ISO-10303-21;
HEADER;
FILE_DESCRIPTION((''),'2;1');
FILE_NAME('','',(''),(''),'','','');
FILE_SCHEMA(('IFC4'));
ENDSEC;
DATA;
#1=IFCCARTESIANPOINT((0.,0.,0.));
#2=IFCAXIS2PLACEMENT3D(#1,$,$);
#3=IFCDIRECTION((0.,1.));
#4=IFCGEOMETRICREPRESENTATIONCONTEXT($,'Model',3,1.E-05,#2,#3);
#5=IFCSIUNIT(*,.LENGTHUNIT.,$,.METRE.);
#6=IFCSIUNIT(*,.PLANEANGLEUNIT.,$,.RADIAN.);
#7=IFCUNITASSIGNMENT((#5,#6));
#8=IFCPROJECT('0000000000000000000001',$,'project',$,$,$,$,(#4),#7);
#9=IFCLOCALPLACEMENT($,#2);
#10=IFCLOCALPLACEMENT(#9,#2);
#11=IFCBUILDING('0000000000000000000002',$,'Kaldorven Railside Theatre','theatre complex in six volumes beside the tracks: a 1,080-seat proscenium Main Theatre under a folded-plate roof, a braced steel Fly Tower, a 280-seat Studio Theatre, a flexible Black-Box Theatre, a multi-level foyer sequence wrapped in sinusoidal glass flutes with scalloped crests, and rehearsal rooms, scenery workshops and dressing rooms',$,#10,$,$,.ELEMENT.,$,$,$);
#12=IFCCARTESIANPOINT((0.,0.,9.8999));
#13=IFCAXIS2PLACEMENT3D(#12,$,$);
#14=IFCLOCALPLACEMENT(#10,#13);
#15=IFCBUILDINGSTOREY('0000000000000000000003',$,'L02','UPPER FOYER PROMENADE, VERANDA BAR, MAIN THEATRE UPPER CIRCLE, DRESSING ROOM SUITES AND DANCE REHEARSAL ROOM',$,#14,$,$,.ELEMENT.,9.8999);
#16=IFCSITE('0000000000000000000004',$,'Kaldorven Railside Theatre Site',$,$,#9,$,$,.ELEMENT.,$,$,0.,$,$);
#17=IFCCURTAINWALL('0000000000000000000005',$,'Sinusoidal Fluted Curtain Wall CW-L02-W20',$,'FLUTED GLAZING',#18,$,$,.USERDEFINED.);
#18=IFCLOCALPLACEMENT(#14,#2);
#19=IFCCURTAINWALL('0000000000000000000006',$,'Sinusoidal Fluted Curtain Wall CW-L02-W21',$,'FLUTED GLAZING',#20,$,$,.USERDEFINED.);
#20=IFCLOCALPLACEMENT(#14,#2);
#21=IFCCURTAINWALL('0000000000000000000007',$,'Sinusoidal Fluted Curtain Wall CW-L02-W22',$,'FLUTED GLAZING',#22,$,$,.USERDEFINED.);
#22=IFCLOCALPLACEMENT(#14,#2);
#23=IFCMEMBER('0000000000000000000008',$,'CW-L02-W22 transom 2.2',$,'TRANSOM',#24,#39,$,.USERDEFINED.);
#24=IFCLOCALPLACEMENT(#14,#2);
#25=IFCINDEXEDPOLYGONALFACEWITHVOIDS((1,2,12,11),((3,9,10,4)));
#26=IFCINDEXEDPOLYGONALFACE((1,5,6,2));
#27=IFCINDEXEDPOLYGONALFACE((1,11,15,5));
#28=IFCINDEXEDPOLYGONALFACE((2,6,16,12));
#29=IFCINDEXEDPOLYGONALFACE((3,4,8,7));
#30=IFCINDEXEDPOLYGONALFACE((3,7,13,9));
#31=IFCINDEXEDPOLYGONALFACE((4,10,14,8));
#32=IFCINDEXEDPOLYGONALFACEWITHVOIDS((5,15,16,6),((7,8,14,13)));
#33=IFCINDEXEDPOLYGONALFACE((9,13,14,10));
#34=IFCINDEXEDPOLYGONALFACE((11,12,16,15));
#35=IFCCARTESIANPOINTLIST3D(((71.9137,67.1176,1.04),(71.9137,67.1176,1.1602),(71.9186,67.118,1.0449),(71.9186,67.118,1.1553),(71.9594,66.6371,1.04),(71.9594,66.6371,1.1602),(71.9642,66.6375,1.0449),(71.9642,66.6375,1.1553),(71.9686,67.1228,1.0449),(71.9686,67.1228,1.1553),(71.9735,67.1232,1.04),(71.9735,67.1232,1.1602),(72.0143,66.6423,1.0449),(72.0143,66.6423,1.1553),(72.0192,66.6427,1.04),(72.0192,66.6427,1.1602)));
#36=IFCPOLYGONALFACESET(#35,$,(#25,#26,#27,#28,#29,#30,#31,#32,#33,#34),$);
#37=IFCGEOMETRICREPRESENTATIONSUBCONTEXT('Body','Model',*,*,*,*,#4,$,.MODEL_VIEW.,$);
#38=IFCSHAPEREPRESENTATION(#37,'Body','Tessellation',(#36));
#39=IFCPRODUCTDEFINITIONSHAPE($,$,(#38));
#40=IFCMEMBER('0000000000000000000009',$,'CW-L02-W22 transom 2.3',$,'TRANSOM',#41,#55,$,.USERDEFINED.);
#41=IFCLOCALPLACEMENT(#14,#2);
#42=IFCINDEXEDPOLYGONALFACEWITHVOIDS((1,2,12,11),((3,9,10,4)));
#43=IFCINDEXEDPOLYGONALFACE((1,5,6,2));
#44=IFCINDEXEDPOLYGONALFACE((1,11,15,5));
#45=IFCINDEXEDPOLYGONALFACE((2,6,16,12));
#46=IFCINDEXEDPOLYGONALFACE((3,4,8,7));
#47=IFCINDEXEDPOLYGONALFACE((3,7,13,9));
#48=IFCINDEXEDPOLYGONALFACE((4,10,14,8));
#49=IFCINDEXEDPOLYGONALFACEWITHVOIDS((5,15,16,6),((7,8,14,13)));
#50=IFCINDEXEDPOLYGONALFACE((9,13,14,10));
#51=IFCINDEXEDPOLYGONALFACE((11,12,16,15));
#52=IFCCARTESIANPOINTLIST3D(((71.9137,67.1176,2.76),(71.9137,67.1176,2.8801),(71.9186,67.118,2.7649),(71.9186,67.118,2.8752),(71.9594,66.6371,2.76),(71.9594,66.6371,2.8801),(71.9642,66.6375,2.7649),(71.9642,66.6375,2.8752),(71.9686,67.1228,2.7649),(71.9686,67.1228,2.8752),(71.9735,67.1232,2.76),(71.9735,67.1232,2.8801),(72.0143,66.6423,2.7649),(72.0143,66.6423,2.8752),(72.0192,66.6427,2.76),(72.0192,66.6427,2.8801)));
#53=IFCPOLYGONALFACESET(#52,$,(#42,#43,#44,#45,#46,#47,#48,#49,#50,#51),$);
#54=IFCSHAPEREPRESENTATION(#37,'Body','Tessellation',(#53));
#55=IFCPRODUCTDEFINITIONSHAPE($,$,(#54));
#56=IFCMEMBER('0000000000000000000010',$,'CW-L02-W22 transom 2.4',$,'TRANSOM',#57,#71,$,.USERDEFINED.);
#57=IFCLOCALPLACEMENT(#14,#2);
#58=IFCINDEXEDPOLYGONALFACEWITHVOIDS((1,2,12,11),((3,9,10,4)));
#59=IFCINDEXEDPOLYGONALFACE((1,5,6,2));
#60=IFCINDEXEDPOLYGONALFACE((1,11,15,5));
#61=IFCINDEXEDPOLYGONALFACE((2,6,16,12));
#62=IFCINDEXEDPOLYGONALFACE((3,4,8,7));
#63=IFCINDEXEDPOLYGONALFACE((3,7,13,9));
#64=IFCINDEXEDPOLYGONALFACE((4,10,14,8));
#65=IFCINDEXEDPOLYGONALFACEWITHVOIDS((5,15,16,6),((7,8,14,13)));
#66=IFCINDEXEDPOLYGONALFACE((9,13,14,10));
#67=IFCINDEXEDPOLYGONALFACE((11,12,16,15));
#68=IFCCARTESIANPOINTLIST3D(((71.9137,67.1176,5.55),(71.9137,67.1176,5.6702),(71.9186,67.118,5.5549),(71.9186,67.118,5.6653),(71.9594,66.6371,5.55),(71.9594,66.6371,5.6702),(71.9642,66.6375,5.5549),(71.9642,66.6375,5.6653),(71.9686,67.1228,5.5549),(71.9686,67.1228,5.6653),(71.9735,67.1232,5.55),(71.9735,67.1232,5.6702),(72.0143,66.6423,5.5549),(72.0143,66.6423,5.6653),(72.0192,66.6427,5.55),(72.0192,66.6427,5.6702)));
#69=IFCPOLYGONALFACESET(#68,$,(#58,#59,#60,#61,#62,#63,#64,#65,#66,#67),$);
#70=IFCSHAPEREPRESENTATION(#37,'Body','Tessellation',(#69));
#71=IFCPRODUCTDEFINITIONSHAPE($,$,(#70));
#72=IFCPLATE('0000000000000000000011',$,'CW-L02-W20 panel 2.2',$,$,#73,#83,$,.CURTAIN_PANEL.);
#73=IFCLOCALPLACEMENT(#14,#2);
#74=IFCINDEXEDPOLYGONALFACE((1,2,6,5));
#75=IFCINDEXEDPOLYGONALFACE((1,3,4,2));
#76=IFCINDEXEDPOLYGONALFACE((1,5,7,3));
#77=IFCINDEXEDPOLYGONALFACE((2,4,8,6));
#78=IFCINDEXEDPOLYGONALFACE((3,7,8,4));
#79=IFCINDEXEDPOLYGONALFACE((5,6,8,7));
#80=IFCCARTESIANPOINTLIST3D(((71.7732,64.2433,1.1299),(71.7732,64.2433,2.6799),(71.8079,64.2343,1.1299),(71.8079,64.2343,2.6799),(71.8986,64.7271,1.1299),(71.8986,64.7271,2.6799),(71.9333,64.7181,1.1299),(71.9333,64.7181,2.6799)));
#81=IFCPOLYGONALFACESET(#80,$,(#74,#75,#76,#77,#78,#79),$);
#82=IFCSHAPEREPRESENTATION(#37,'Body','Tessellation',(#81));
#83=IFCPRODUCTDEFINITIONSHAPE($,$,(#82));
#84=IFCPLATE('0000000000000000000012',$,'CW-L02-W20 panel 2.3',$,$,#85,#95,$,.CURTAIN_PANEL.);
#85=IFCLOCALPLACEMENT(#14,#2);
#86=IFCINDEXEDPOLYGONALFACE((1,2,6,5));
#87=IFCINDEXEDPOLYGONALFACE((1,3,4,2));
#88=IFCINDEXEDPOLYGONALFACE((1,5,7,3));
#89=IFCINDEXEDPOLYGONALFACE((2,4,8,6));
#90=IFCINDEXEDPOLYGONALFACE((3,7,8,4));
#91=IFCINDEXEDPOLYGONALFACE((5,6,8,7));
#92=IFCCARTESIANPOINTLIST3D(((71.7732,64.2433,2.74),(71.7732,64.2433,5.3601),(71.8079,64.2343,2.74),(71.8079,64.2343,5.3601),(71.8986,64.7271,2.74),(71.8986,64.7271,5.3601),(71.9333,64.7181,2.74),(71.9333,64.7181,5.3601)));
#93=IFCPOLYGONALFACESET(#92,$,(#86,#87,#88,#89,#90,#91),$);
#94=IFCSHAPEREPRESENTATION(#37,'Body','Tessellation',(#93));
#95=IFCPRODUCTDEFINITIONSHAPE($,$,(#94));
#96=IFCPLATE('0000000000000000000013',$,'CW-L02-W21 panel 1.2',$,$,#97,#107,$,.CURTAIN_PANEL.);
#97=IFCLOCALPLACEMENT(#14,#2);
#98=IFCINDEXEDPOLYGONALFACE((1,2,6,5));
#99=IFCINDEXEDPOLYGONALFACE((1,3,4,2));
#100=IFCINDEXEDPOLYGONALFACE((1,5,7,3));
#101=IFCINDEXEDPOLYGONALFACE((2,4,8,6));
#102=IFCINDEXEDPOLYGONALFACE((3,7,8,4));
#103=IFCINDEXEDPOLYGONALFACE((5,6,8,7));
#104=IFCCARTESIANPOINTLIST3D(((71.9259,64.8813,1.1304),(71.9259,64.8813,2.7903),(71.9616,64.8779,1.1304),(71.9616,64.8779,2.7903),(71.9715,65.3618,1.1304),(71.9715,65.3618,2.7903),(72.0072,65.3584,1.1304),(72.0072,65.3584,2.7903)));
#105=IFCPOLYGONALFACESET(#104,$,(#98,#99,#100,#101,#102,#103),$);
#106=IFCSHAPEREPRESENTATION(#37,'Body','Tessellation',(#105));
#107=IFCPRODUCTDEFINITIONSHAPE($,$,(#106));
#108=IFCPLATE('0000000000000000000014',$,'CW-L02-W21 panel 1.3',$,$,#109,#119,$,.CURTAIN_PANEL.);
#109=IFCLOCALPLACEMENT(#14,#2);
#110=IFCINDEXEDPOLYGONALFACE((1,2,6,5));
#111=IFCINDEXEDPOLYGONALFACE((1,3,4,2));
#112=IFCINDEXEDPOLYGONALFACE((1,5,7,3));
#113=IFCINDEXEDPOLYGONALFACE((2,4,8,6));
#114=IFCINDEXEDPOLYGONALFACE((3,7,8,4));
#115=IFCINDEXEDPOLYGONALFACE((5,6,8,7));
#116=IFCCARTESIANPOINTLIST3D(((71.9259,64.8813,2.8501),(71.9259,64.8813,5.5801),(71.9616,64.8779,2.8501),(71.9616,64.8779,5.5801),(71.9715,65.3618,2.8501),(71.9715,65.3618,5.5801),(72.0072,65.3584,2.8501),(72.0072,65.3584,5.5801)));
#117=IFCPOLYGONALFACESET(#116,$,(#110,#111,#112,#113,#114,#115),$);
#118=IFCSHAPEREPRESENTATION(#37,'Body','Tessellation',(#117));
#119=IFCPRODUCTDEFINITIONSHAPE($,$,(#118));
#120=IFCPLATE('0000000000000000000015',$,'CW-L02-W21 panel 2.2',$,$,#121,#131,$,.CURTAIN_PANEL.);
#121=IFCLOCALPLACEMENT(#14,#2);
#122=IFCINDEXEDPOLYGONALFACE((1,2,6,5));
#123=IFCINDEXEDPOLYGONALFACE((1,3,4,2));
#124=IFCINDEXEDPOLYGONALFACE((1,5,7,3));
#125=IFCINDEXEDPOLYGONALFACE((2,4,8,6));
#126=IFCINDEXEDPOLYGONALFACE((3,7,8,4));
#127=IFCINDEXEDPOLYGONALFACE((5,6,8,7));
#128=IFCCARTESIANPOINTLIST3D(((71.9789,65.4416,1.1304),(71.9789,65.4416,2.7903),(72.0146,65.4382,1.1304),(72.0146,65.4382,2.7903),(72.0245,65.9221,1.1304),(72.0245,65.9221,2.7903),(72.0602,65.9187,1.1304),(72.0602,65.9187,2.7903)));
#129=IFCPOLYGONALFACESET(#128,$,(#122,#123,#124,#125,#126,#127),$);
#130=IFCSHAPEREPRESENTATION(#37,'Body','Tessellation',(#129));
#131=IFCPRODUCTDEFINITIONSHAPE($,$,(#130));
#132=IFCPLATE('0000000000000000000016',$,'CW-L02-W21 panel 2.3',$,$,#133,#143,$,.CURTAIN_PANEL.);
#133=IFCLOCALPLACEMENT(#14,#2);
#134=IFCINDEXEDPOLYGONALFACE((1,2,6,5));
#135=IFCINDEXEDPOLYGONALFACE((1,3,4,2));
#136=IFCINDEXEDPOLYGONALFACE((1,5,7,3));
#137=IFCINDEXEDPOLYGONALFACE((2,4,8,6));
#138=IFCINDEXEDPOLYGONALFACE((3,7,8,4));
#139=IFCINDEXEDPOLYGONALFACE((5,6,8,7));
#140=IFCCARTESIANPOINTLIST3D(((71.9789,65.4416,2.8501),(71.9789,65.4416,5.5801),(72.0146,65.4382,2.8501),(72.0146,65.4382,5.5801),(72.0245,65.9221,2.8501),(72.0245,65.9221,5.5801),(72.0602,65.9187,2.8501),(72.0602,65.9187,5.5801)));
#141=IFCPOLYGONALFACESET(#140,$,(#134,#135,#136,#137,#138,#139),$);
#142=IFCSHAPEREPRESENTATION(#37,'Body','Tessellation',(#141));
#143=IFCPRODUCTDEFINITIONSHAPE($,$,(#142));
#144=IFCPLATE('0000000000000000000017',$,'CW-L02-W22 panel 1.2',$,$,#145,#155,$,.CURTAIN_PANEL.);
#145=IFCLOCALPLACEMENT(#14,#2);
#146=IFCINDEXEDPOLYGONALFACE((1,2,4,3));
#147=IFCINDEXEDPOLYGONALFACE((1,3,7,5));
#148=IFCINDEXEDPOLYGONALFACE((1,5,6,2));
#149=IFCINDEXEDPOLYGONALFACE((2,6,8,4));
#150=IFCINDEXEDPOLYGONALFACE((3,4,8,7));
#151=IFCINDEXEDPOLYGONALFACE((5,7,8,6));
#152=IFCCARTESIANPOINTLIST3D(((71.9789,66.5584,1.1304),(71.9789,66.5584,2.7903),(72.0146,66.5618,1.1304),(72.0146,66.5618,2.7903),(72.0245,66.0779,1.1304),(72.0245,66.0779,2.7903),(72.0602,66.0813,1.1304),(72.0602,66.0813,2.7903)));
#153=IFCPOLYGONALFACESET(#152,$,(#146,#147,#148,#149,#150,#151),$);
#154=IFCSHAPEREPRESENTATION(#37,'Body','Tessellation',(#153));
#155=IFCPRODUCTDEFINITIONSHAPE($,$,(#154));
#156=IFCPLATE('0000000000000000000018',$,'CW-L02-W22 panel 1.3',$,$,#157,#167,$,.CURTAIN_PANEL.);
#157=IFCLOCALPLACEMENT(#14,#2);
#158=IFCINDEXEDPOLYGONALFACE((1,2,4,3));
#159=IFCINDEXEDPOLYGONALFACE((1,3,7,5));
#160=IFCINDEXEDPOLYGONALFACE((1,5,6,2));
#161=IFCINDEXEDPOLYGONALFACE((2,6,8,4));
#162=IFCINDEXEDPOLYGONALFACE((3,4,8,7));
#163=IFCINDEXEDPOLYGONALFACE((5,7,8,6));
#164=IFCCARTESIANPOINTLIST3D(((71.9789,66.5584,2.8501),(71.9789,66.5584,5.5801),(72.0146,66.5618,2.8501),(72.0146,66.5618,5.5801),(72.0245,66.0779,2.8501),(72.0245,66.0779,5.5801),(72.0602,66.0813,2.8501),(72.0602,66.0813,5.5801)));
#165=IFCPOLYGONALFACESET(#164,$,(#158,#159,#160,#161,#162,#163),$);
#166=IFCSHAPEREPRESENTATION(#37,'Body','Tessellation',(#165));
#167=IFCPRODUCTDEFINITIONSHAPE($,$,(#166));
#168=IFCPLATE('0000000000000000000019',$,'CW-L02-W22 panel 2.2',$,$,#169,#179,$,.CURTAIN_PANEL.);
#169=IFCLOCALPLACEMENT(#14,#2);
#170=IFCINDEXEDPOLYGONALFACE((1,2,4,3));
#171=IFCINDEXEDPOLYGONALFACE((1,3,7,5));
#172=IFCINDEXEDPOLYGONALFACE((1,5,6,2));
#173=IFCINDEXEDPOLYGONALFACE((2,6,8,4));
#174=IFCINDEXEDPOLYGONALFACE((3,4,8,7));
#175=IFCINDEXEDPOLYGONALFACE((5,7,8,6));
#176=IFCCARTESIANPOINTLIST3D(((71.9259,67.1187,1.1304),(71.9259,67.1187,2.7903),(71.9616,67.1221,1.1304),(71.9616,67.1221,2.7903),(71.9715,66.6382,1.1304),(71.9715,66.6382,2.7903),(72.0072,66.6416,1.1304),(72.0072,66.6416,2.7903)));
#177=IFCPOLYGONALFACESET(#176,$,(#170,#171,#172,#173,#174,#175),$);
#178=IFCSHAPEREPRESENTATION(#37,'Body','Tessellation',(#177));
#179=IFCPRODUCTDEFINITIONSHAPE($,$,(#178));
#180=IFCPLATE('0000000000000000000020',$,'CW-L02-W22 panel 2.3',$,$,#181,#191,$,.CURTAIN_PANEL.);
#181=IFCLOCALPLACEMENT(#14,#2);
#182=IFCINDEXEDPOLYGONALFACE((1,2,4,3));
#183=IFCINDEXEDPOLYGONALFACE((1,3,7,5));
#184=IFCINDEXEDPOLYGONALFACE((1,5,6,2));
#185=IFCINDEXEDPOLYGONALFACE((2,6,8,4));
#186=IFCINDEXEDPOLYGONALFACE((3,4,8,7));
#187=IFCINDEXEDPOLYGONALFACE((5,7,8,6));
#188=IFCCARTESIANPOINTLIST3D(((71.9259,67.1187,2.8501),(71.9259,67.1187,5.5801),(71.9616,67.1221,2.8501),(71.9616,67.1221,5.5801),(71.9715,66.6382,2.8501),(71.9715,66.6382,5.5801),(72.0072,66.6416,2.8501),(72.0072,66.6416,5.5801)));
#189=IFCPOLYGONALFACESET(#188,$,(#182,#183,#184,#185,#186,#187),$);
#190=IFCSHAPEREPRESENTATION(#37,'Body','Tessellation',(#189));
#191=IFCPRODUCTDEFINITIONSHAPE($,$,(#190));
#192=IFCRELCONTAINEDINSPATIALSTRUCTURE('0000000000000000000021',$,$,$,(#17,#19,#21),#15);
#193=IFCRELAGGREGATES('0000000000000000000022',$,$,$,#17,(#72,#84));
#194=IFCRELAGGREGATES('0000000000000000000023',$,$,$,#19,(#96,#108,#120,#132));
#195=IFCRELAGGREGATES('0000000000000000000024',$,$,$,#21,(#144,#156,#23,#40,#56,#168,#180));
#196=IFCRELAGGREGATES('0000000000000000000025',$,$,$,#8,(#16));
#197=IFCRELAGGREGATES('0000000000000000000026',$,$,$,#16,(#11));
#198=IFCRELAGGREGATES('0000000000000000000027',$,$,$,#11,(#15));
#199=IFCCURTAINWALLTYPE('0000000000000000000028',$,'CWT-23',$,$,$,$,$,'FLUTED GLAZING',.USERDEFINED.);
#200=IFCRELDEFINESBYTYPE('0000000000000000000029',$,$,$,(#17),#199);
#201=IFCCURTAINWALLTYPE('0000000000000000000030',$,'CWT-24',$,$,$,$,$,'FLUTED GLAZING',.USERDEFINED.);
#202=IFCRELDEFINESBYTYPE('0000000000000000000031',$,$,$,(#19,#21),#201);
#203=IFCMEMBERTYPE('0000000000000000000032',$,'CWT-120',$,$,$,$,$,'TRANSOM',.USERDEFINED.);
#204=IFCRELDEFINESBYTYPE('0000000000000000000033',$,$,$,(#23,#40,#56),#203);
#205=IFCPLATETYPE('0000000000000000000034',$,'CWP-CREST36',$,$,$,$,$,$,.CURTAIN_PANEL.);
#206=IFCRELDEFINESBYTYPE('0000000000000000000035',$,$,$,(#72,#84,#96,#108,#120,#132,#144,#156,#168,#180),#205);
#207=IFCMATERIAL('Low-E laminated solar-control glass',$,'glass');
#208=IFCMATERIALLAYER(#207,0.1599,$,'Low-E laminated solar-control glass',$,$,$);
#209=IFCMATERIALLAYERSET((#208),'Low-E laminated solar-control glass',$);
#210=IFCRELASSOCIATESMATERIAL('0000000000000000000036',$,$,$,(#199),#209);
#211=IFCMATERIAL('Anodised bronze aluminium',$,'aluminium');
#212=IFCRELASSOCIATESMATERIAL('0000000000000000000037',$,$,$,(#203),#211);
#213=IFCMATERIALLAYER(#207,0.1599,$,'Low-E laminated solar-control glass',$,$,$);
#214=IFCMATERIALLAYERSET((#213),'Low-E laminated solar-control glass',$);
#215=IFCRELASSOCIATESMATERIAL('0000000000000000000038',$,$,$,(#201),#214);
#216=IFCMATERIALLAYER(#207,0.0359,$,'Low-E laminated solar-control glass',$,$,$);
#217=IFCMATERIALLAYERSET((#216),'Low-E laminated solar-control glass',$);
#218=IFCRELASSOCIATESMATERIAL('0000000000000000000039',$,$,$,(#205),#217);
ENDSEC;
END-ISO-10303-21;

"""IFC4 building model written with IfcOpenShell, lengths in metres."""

from ifc_helpers import new_model, si_unit, direction, frame, origin, origin_2d, place, context, subcontext, project, spatial, rectangle, hollow_rectangle, extrude, material, layer, layer_set, material_profile, profile_set, type_object, element, aggregate, save


model = new_model("IFC4")

# Units and contexts
model_context = context("Model", 3, precision=1e-05, world=origin(), true_north=direction((0.0, 1.0)))
body_context = subcontext(model_context, "Body", "Model", "MODEL_VIEW")
ifc_project = project(units=[si_unit("LENGTHUNIT", "METRE"), si_unit("PLANEANGLEUNIT", "RADIAN")], contexts=[model_context])

# Site, building, storey
site_placement = place(None, origin())
site = spatial("IfcSite", under=ifc_project, at=site_placement, Name="Kaldorven Railside Theatre Site", CompositionType="ELEMENT", RefElevation=0.0)
building_placement = place(site_placement, origin())
building = spatial("IfcBuilding", under=site, at=building_placement, Name="Kaldorven Railside Theatre", Description="theatre complex in six volumes beside the tracks: a 1,080-seat proscenium Main Theatre under a folded-plate roof, a braced steel Fly Tower, a 280-seat Studio Theatre, a flexible Black-Box Theatre, a multi-level foyer sequence wrapped in sinusoidal glass flutes with scalloped crests, and rehearsal rooms, scenery workshops and dressing rooms", CompositionType="ELEMENT")
storey_placement = place(building_placement, frame((0.0, 0.0, 9.8999)))
storey = spatial("IfcBuildingStorey", under=building, at=storey_placement, Name="L02", Description="UPPER FOYER PROMENADE, VERANDA BAR, MAIN THEATRE UPPER CIRCLE, DRESSING ROOM SUITES AND DANCE REHEARSAL ROOM", CompositionType="ELEMENT", Elevation=9.8999)

# Curtain walls, members
ifc_material_1 = material(Name="Low-E laminated solar-control glass", Category="glass")
ifc_layer_1 = layer(ifc_material_1, 0.1599, Name="Low-E laminated solar-control glass")
ifc_layer_set_1 = layer_set([ifc_layer_1], Name="Low-E laminated solar-control glass")
curtain_wall_type_1 = type_object("IfcCurtainWallType", Name="CWT-23", ElementType="FLUTED GLAZING", PredefinedType="USERDEFINED", material=ifc_layer_set_1)
curtain_wall_1_placement = place(storey_placement, origin())
curtain_wall_1 = element("IfcCurtainWall", 1, at=curtain_wall_1_placement, inside=storey, type_object=curtain_wall_type_1, Name="Sinusoidal Fluted Curtain Wall CW-L02-W20", ObjectType="FLUTED GLAZING", PredefinedType="USERDEFINED")
ifc_material_2 = material(Name="Anodised bronze aluminium", Category="aluminium")
ifc_material_profile = material_profile(ifc_material_2, hollow_rectangle(XDim=0.0601, YDim=0.1201, WallThickness=0.0049, at=origin_2d()), Name="RHS 120x60x5")
ifc_profile_set = profile_set([ifc_material_profile], Name="Anodised bronze aluminium")
member_type = type_object("IfcMemberType", Name="CWT-120", ElementType="TRANSOM", PredefinedType="USERDEFINED", material=ifc_profile_set)
ifc_layer_2 = layer(ifc_material_1, 0.1599, Name="Low-E laminated solar-control glass")
ifc_layer_set_2 = layer_set([ifc_layer_2], Name="Low-E laminated solar-control glass")
curtain_wall_type_2 = type_object("IfcCurtainWallType", Name="CWT-24", ElementType="FLUTED GLAZING", PredefinedType="USERDEFINED", material=ifc_layer_set_2)
curtain_wall_2_placement = place(storey_placement, origin())
curtain_wall_2 = element("IfcCurtainWall", 2, at=curtain_wall_2_placement, inside=storey, type_object=curtain_wall_type_2, Name="Sinusoidal Fluted Curtain Wall CW-L02-W21", ObjectType="FLUTED GLAZING", PredefinedType="USERDEFINED")
curtain_wall_3_placement = place(storey_placement, origin())
curtain_wall_3 = element("IfcCurtainWall", 3, at=curtain_wall_3_placement, inside=storey, type_object=curtain_wall_type_2, Name="Sinusoidal Fluted Curtain Wall CW-L02-W22", ObjectType="FLUTED GLAZING", PredefinedType="USERDEFINED")
member_1_placement = place(storey_placement, frame((71.9893, 66.6399, 1.1001), z_axis=(-0.094594, 0.995516, 0.0), x_axis=(-0.995516, -0.094594, 0.0)))
member_1 = element("IfcMember", 4, at=member_1_placement, type_object=member_type, Name="CW-L02-W22 transom 2.2", ObjectType="TRANSOM", PredefinedType="USERDEFINED", context=body_context, shape_type="SweptSolid", body=[
    extrude(hollow_rectangle(XDim=0.0601, YDim=0.1201, WallThickness=0.0049, at=origin_2d()), origin(), (0.0, 0.0, 1.0), 0.4827),
])
member_2_placement = place(storey_placement, frame((71.9893, 66.6399, 2.8201), z_axis=(-0.094594, 0.995516, 0.0), x_axis=(-0.995516, -0.094594, 0.0)))
member_2 = element("IfcMember", 5, at=member_2_placement, type_object=member_type, Name="CW-L02-W22 transom 2.3", ObjectType="TRANSOM", PredefinedType="USERDEFINED", context=body_context, shape_type="SweptSolid", body=[
    extrude(hollow_rectangle(XDim=0.0601, YDim=0.1201, WallThickness=0.0049, at=origin_2d()), origin(), (0.0, 0.0, 1.0), 0.4827),
])
member_3_placement = place(storey_placement, frame((71.9893, 66.6399, 5.6101), z_axis=(-0.094594, 0.995516, 0.0), x_axis=(-0.995516, -0.094594, 0.0)))
member_3 = element("IfcMember", 6, at=member_3_placement, type_object=member_type, Name="CW-L02-W22 transom 2.4", ObjectType="TRANSOM", PredefinedType="USERDEFINED", context=body_context, shape_type="SweptSolid", body=[
    extrude(hollow_rectangle(XDim=0.0601, YDim=0.1201, WallThickness=0.0049, at=origin_2d()), origin(), (0.0, 0.0, 1.0), 0.4827),
])

# Plates
ifc_layer_3 = layer(ifc_material_1, 0.0359, Name="Low-E laminated solar-control glass")
ifc_layer_set_3 = layer_set([ifc_layer_3], Name="Low-E laminated solar-control glass")
plate_type = type_object("IfcPlateType", Name="CWP-CREST36", PredefinedType="CURTAIN_PANEL", material=ifc_layer_set_3)
plate_1_placement = place(storey_placement, frame((71.8533, 64.4807, 1.1299), z_axis=(0.0, 0.0, 1.0), x_axis=(0.250954, 0.967999, 0.0)))
plate_1 = element("IfcPlate", 7, at=plate_1_placement, type_object=plate_type, Name="CW-L02-W20 panel 2.2", PredefinedType="CURTAIN_PANEL", context=body_context, shape_type="SweptSolid", body=[
    extrude(rectangle(XDim=0.4998, YDim=0.0359, at=origin_2d()), origin(), (0.0, 0.0, 1.0), 1.55),
])
plate_2_placement = place(storey_placement, frame((71.8533, 64.4807, 2.74), z_axis=(0.0, 0.0, 1.0), x_axis=(0.250954, 0.967999, 0.0)))
plate_2 = element("IfcPlate", 8, at=plate_2_placement, type_object=plate_type, Name="CW-L02-W20 panel 2.3", PredefinedType="CURTAIN_PANEL", context=body_context, shape_type="SweptSolid", body=[
    extrude(rectangle(XDim=0.4998, YDim=0.0359, at=origin_2d()), origin(), (0.0, 0.0, 1.0), 2.6201),
])
aggregate(curtain_wall_1, [plate_1, plate_2])
plate_3_placement = place(storey_placement, frame((71.9666, 65.1199, 1.1304), z_axis=(0.0, 0.0, 1.0), x_axis=(0.094492, 0.995526, 0.0)))
plate_3 = element("IfcPlate", 9, at=plate_3_placement, type_object=plate_type, Name="CW-L02-W21 panel 1.2", PredefinedType="CURTAIN_PANEL", context=body_context, shape_type="SweptSolid", body=[
    extrude(rectangle(XDim=0.4827, YDim=0.0359, at=origin_2d()), origin(), (0.0, 0.0, 1.0), 1.6599),
])
plate_4_placement = place(storey_placement, frame((71.9666, 65.1199, 2.8501), z_axis=(0.0, 0.0, 1.0), x_axis=(0.094492, 0.995526, 0.0)))
plate_4 = element("IfcPlate", 10, at=plate_4_placement, type_object=plate_type, Name="CW-L02-W21 panel 1.3", PredefinedType="CURTAIN_PANEL", context=body_context, shape_type="SweptSolid", body=[
    extrude(rectangle(XDim=0.4827, YDim=0.0359, at=origin_2d()), origin(), (0.0, 0.0, 1.0), 2.73),
])
plate_5_placement = place(storey_placement, frame((72.0195, 65.6802, 1.1304), z_axis=(0.0, 0.0, 1.0), x_axis=(0.094492, 0.995526, 0.0)))
plate_5 = element("IfcPlate", 11, at=plate_5_placement, type_object=plate_type, Name="CW-L02-W21 panel 2.2", PredefinedType="CURTAIN_PANEL", context=body_context, shape_type="SweptSolid", body=[
    extrude(rectangle(XDim=0.4827, YDim=0.0359, at=origin_2d()), origin(), (0.0, 0.0, 1.0), 1.6599),
])
plate_6_placement = place(storey_placement, frame((72.0195, 65.6802, 2.8501), z_axis=(0.0, 0.0, 1.0), x_axis=(0.094492, 0.995526, 0.0)))
plate_6 = element("IfcPlate", 12, at=plate_6_placement, type_object=plate_type, Name="CW-L02-W21 panel 2.3", PredefinedType="CURTAIN_PANEL", context=body_context, shape_type="SweptSolid", body=[
    extrude(rectangle(XDim=0.4827, YDim=0.0359, at=origin_2d()), origin(), (0.0, 0.0, 1.0), 2.73),
])
aggregate(curtain_wall_2, [plate_3, plate_4, plate_5, plate_6])
plate_7_placement = place(storey_placement, frame((72.0195, 66.3198, 1.1304), z_axis=(0.0, 0.0, 1.0), x_axis=(-0.094492, 0.995526, 0.0)))
plate_7 = element("IfcPlate", 13, at=plate_7_placement, type_object=plate_type, Name="CW-L02-W22 panel 1.2", PredefinedType="CURTAIN_PANEL", context=body_context, shape_type="SweptSolid", body=[
    extrude(rectangle(XDim=0.4827, YDim=0.0359, at=origin_2d()), origin(), (0.0, 0.0, 1.0), 1.6599),
])
plate_8_placement = place(storey_placement, frame((72.0195, 66.3198, 2.8501), z_axis=(0.0, 0.0, 1.0), x_axis=(-0.094492, 0.995526, 0.0)))
plate_8 = element("IfcPlate", 14, at=plate_8_placement, type_object=plate_type, Name="CW-L02-W22 panel 1.3", PredefinedType="CURTAIN_PANEL", context=body_context, shape_type="SweptSolid", body=[
    extrude(rectangle(XDim=0.4827, YDim=0.0359, at=origin_2d()), origin(), (0.0, 0.0, 1.0), 2.73),
])
plate_9_placement = place(storey_placement, frame((71.9666, 66.8801, 1.1304), z_axis=(0.0, 0.0, 1.0), x_axis=(-0.094492, 0.995526, 0.0)))
plate_9 = element("IfcPlate", 15, at=plate_9_placement, type_object=plate_type, Name="CW-L02-W22 panel 2.2", PredefinedType="CURTAIN_PANEL", context=body_context, shape_type="SweptSolid", body=[
    extrude(rectangle(XDim=0.4827, YDim=0.0359, at=origin_2d()), origin(), (0.0, 0.0, 1.0), 1.6599),
])
plate_10_placement = place(storey_placement, frame((71.9666, 66.8801, 2.8501), z_axis=(0.0, 0.0, 1.0), x_axis=(-0.094492, 0.995526, 0.0)))
plate_10 = element("IfcPlate", 16, at=plate_10_placement, type_object=plate_type, Name="CW-L02-W22 panel 2.3", PredefinedType="CURTAIN_PANEL", context=body_context, shape_type="SweptSolid", body=[
    extrude(rectangle(XDim=0.4827, YDim=0.0359, at=origin_2d()), origin(), (0.0, 0.0, 1.0), 2.73),
])
aggregate(curtain_wall_3, [plate_7, plate_8, member_1, member_2, member_3, plate_9, plate_10])

save(model, "model.ifc")
